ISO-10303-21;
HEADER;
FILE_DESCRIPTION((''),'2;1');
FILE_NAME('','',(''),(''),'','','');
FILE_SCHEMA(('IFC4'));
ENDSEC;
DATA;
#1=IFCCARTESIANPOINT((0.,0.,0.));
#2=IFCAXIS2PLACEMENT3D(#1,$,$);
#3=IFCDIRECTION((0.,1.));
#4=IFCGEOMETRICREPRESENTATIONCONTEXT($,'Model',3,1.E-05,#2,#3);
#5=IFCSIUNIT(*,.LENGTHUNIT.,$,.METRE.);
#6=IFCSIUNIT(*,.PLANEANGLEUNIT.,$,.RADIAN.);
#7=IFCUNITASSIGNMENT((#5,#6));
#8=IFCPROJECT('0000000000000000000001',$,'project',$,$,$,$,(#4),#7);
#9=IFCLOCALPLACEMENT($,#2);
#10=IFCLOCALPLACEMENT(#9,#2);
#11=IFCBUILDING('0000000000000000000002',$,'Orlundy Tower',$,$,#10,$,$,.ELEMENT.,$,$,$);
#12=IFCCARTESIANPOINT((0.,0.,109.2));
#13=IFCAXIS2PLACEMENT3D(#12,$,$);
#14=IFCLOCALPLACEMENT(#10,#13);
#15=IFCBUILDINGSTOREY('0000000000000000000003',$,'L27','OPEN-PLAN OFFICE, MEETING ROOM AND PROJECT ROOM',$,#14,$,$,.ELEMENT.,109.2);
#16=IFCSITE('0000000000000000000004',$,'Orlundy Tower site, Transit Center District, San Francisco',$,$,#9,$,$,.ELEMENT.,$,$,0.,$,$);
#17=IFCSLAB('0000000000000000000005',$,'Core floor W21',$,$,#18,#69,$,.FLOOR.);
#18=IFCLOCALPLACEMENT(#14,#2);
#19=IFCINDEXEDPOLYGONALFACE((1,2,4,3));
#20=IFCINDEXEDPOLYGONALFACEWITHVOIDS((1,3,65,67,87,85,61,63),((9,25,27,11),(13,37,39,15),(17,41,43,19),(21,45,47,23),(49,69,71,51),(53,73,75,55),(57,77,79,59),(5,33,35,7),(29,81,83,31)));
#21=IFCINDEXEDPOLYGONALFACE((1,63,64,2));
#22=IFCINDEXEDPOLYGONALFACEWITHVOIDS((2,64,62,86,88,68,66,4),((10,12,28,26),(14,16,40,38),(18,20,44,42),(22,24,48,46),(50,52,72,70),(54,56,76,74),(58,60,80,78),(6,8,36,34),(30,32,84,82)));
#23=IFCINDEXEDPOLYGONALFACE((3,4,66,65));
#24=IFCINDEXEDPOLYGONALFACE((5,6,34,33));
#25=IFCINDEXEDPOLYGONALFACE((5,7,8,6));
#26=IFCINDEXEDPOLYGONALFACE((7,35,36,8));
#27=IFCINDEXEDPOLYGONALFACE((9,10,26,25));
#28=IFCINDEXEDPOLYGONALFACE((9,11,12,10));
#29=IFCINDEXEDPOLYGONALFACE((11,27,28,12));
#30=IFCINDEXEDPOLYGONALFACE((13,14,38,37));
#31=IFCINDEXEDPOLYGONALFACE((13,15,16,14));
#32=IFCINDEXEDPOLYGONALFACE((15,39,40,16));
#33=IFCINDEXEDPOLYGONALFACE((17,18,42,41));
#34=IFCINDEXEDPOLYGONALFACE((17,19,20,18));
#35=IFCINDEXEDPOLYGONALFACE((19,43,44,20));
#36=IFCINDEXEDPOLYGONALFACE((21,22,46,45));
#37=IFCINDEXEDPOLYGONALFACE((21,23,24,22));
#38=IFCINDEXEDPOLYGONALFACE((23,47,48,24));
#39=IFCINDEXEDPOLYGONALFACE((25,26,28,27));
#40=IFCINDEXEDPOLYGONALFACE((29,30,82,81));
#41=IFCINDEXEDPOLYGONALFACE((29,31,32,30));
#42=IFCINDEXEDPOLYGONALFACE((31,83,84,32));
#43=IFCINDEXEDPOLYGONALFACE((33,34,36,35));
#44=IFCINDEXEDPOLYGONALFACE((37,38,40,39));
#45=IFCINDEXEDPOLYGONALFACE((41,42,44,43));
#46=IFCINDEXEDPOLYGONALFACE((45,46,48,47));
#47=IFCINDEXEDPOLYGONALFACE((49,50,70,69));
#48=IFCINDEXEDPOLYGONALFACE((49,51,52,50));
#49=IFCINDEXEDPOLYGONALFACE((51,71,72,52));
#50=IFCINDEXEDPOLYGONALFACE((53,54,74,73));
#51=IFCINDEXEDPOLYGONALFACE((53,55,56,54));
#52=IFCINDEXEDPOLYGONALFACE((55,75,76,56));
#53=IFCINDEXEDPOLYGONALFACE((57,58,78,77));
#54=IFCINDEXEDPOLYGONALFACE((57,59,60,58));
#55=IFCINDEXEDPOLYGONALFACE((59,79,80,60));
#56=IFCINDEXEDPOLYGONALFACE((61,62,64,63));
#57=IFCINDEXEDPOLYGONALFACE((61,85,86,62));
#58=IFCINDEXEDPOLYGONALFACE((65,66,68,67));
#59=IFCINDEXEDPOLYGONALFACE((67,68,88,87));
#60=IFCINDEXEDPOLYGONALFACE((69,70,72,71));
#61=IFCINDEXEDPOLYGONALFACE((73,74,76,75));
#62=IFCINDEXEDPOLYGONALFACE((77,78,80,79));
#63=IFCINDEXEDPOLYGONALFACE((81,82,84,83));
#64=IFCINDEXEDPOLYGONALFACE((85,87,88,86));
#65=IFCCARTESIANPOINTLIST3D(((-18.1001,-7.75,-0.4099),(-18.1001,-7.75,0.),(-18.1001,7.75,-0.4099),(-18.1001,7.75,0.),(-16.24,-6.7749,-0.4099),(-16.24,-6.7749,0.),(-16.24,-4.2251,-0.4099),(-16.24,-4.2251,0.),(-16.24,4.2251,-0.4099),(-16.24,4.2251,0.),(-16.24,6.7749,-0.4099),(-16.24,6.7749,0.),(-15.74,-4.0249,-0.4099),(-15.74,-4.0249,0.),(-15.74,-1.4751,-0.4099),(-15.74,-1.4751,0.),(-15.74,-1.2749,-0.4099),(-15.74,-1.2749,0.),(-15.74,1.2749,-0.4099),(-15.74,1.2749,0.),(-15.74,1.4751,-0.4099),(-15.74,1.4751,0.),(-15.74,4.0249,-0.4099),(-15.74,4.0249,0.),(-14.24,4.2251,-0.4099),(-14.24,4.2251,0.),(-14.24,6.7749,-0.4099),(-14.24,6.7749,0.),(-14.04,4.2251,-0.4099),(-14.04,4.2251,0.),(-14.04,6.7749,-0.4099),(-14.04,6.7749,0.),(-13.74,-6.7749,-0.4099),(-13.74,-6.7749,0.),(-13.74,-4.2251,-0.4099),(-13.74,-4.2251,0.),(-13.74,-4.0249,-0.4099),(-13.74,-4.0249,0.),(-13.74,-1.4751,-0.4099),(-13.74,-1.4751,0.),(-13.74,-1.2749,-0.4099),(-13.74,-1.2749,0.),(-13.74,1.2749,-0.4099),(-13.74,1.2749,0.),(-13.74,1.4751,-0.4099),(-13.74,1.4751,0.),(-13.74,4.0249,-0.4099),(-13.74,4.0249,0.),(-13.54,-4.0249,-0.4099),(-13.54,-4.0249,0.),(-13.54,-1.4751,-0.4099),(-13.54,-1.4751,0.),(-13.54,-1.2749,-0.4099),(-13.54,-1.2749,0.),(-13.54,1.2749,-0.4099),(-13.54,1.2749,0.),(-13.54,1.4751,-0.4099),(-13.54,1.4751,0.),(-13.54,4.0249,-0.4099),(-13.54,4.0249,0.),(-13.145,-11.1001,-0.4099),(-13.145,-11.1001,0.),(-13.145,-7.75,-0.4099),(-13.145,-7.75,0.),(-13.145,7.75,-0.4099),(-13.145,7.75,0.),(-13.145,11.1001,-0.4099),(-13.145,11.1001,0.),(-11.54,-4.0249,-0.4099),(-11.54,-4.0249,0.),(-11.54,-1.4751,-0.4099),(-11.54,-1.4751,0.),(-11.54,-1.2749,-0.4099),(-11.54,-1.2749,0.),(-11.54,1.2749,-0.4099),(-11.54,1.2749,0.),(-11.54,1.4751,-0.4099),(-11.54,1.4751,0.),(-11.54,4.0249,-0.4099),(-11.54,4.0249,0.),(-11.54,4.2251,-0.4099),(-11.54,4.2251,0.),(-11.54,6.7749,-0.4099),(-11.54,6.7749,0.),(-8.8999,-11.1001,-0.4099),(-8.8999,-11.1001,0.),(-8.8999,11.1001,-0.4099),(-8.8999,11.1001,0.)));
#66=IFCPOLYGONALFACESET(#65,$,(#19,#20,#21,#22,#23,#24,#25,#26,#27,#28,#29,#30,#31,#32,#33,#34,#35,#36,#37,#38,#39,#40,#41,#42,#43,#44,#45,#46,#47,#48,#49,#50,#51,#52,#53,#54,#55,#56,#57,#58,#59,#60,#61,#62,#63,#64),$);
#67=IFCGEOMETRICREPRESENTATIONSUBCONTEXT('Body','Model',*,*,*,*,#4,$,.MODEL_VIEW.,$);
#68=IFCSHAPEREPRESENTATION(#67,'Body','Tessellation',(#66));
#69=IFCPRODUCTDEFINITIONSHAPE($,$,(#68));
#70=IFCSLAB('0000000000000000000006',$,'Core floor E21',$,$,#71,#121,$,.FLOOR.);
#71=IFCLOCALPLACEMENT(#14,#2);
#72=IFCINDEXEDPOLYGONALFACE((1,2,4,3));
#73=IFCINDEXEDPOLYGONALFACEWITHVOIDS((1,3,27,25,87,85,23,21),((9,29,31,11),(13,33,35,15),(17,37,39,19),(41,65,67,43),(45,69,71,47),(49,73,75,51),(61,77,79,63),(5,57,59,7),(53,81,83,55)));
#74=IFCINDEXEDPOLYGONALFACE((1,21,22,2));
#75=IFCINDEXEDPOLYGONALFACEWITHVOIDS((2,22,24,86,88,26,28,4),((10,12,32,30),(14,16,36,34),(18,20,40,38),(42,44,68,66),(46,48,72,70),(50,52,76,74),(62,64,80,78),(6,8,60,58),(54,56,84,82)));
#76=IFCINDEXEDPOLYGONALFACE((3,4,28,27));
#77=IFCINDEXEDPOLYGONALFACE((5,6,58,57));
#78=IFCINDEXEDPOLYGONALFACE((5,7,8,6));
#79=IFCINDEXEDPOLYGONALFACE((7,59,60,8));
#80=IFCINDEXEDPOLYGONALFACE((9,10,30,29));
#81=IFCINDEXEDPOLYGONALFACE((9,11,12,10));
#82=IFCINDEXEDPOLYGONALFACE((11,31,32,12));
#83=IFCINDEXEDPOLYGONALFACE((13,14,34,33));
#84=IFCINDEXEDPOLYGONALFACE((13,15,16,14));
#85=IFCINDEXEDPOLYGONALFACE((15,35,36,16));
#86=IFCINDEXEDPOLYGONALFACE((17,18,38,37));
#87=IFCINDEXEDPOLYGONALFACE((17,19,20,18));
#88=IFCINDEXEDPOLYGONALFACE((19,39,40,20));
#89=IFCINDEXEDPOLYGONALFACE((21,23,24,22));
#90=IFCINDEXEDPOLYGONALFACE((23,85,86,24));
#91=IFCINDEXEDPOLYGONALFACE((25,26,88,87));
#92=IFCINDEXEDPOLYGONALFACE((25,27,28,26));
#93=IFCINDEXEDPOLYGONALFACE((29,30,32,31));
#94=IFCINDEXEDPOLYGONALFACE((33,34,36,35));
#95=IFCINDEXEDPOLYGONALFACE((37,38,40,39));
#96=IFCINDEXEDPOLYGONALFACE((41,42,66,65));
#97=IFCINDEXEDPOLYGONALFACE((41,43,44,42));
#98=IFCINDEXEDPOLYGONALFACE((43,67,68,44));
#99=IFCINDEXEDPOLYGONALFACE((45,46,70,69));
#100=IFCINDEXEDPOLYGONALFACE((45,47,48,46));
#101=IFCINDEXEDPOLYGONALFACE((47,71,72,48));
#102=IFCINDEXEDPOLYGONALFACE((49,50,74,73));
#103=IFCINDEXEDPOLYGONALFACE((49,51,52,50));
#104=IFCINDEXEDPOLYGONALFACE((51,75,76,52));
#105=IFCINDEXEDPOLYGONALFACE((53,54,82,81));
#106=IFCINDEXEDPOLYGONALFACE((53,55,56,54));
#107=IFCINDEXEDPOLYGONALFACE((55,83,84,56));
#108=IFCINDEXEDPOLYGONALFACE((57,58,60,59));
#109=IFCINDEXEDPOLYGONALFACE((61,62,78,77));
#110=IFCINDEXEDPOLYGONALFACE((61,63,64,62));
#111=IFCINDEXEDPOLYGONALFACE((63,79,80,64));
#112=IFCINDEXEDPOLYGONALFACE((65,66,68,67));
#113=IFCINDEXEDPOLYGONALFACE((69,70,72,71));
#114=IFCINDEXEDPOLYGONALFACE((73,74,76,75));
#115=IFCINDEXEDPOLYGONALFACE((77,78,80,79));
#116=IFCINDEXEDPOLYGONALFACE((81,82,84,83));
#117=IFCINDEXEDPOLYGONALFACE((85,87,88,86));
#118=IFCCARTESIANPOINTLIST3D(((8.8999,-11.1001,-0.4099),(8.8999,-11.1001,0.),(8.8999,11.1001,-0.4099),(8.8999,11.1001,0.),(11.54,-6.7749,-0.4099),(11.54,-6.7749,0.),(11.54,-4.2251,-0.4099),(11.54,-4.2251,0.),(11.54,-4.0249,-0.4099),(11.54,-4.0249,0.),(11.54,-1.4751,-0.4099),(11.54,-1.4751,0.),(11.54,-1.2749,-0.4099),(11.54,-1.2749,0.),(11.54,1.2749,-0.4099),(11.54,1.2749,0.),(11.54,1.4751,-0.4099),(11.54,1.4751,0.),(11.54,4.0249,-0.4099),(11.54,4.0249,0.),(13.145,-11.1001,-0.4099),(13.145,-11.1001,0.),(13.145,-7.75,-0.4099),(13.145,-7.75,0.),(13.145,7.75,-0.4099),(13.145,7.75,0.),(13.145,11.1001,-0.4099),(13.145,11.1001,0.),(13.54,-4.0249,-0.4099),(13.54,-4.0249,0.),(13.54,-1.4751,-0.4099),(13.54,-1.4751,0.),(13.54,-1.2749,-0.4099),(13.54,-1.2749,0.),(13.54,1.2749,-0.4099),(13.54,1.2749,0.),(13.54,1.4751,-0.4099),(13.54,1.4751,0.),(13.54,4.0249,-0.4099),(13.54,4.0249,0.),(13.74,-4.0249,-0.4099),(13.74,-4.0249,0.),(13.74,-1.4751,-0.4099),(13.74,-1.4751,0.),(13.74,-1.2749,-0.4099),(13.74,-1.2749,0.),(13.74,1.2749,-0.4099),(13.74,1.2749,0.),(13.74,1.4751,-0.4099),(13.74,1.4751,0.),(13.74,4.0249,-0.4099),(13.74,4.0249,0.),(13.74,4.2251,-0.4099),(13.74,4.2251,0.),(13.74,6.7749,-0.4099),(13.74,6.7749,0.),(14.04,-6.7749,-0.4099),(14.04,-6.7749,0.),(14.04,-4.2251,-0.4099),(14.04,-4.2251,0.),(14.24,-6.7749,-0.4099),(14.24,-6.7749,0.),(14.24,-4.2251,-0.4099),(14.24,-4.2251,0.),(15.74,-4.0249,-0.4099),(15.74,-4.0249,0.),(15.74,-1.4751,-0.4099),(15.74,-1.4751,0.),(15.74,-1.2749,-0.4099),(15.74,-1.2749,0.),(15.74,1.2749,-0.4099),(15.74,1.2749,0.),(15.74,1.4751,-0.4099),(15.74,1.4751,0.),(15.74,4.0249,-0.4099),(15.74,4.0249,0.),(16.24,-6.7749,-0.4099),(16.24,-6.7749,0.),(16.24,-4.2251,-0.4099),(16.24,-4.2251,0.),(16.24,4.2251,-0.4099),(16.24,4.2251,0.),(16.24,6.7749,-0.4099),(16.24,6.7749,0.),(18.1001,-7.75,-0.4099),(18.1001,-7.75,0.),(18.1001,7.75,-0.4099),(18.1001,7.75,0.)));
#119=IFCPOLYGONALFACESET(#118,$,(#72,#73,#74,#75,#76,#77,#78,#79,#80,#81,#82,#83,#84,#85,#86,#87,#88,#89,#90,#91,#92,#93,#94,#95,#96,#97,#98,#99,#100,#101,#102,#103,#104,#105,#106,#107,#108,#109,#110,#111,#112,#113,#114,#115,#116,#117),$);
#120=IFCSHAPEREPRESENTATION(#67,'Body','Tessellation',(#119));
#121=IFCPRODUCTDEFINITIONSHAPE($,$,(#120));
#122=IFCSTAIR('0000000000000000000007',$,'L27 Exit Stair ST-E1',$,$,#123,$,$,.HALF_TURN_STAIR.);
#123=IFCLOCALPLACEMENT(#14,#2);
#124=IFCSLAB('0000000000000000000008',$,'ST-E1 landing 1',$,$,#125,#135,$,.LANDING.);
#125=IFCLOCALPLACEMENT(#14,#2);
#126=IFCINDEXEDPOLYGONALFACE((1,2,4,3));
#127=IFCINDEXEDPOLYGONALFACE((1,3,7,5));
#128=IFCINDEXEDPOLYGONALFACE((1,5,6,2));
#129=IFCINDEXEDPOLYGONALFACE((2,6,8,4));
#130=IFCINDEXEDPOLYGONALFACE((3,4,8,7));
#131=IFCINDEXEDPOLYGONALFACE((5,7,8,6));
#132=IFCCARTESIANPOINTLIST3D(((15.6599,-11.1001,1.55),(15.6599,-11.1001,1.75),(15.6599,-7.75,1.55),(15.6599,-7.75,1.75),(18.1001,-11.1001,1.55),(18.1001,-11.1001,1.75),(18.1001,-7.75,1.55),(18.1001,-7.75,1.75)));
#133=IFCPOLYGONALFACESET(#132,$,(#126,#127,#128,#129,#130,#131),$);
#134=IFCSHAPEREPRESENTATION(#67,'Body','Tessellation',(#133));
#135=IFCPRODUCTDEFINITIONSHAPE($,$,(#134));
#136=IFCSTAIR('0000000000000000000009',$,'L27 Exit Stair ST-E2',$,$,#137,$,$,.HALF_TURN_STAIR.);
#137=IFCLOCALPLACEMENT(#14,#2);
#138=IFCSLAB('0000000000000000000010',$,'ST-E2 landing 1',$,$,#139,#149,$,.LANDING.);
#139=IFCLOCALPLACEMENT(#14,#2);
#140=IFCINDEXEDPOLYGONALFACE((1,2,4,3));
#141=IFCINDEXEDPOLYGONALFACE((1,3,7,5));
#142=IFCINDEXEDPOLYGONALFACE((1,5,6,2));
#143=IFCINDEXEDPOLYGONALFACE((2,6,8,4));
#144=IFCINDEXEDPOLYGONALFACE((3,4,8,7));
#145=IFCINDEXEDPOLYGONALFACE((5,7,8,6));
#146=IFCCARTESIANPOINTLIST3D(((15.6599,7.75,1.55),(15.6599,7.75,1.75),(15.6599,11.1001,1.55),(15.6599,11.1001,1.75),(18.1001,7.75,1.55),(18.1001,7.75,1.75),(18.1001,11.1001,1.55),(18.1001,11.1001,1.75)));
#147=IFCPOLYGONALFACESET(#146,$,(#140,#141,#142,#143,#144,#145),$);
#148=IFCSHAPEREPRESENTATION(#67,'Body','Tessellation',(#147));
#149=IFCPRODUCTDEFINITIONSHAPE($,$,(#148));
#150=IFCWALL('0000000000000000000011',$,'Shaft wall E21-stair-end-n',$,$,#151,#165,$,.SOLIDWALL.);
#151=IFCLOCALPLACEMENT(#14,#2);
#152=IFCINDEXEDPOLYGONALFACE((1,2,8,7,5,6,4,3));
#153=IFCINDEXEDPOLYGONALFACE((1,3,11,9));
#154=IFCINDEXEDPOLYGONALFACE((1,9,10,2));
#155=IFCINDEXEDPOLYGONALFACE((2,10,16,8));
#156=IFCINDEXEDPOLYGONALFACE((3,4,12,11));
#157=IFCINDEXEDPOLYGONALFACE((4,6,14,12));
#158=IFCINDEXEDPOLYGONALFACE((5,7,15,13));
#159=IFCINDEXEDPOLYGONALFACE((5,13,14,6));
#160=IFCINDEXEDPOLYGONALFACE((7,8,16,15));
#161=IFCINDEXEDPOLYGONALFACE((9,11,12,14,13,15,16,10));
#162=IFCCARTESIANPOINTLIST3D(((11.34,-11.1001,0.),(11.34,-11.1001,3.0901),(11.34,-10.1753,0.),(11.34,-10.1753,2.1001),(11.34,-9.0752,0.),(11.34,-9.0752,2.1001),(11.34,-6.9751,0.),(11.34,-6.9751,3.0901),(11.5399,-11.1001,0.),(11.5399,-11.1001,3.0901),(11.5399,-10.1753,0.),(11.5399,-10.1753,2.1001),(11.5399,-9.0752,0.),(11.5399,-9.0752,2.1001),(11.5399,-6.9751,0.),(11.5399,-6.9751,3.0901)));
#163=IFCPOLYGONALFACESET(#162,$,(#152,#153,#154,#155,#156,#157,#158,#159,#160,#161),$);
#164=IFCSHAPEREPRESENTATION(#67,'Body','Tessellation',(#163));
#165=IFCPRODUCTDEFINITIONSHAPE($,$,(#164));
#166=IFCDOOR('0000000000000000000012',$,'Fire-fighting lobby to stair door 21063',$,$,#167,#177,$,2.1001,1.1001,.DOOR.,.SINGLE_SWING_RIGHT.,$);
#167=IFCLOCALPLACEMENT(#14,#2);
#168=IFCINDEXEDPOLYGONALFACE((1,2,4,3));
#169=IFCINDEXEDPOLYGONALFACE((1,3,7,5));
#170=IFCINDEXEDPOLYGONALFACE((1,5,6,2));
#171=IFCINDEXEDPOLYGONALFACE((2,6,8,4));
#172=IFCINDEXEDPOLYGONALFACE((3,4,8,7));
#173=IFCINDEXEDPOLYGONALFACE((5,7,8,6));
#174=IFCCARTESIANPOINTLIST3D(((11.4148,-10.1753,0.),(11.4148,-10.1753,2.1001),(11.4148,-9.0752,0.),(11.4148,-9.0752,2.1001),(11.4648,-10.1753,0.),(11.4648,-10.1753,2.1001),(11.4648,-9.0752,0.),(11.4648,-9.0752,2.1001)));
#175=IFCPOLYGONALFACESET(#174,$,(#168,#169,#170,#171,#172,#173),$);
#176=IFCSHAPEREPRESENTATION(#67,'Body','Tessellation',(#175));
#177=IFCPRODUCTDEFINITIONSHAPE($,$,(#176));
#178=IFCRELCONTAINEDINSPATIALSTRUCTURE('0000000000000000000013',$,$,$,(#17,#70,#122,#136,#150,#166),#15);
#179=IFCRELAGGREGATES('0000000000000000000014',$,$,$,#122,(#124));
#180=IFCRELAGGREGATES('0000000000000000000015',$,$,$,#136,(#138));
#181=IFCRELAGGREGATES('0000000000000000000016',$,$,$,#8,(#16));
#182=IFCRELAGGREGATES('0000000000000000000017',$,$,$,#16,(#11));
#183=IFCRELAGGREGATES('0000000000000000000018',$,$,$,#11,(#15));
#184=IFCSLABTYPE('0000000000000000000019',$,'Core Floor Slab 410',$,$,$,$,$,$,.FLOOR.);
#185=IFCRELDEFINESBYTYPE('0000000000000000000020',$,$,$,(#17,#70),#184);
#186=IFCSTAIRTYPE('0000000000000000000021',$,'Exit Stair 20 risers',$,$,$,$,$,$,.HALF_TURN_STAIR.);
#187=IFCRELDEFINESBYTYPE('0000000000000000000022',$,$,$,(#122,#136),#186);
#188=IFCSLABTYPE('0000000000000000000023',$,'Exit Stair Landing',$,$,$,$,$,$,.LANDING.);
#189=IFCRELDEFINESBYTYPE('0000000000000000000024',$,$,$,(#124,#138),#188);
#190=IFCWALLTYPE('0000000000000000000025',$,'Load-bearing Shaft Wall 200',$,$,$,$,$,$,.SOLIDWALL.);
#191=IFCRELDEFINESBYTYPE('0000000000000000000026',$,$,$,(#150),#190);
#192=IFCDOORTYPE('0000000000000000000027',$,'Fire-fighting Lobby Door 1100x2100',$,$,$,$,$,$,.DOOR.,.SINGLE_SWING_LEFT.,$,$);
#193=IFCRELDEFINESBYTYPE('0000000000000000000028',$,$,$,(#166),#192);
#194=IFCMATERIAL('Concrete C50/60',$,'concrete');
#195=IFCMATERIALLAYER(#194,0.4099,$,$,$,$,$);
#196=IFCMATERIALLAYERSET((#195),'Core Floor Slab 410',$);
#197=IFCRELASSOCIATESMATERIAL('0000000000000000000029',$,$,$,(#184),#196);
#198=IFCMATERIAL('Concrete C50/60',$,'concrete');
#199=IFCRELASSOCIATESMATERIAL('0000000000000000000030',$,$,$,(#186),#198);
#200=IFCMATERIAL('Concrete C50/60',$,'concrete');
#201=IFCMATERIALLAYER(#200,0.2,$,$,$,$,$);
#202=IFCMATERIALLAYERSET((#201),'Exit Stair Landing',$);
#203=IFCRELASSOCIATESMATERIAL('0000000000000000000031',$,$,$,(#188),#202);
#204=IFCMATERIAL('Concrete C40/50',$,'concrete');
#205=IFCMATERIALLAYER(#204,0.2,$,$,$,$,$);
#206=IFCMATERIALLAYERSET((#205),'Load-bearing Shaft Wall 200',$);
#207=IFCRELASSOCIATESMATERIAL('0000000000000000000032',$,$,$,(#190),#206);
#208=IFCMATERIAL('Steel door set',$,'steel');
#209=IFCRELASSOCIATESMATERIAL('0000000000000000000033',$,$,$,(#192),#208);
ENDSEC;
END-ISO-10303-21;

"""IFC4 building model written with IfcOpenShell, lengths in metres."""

from ifc_helpers import new_model, si_unit, direction, frame, frame_2d, origin, place, context, subcontext, project, spatial, polyline, rectangle, outline, extrude, material, layer, layer_set, type_object, element, fill, aggregate, save


model = new_model("IFC4")

# Units and contexts
model_context = context("Model", 3, precision=1e-05, world=origin(), true_north=direction((0.0, 1.0)))
body_context = subcontext(model_context, "Body", "Model", "MODEL_VIEW")
ifc_project = project(units=[si_unit("LENGTHUNIT", "METRE"), si_unit("PLANEANGLEUNIT", "RADIAN")], contexts=[model_context])

# Site, building, storey
site_placement = place(None, origin())
site = spatial("IfcSite", under=ifc_project, at=site_placement, Name="Orlundy Tower site, Transit Center District, San Francisco", CompositionType="ELEMENT", RefElevation=0.0)
building_placement = place(site_placement, origin())
building = spatial("IfcBuilding", under=site, at=building_placement, Name="Orlundy Tower", CompositionType="ELEMENT")
storey_placement = place(building_placement, frame((0.0, 0.0, 109.2)))
storey = spatial("IfcBuildingStorey", under=building, at=storey_placement, Name="L27", Description="OPEN-PLAN OFFICE, MEETING ROOM AND PROJECT ROOM", CompositionType="ELEMENT", Elevation=109.2)

# Slabs
ifc_material_1 = material(Name="Concrete C50/60", Category="concrete")
ifc_layer_1 = layer(ifc_material_1, 0.4099)
ifc_layer_set_1 = layer_set([ifc_layer_1], Name="Core Floor Slab 410")
slab_type_1 = type_object("IfcSlabType", Name="Core Floor Slab 410", PredefinedType="FLOOR", material=ifc_layer_set_1)
slab_1_placement = place(storey_placement, frame((0.0, 0.0, -0.4099)))
element("IfcSlab", 1, at=slab_1_placement, inside=storey, type_object=slab_type_1, Name="Core floor W21", PredefinedType="FLOOR", context=body_context, shape_type="SweptSolid", body=[
    extrude(outline(polyline([(-13.145, 7.75), (-13.145, 11.1001), (-8.8999, 11.1001), (-8.8999, -11.1001), (-13.145, -11.1001), (-13.145, -7.75), (-18.1001, -7.75), (-18.1001, 7.75), (-13.145, 7.75)]), holes=[polyline([(-16.24, -6.7749), (-13.74, -6.7749), (-13.74, -4.2251), (-16.24, -4.2251), (-16.24, -6.7749)]), polyline([(-13.54, -1.4751), (-13.54, -4.0249), (-11.54, -4.0249), (-11.54, -1.4751), (-13.54, -1.4751)]), polyline([(-13.74, -1.4751), (-15.74, -1.4751), (-15.74, -4.0249), (-13.74, -4.0249), (-13.74, -1.4751)]), polyline([(-11.54, -1.2749), (-11.54, 1.2749), (-13.54, 1.2749), (-13.54, -1.2749), (-11.54, -1.2749)]), polyline([(-15.74, -1.2749), (-13.74, -1.2749), (-13.74, 1.2749), (-15.74, 1.2749), (-15.74, -1.2749)]), polyline([(-13.54, 4.0249), (-13.54, 1.4751), (-11.54, 1.4751), (-11.54, 4.0249), (-13.54, 4.0249)]), polyline([(-13.74, 4.0249), (-15.74, 4.0249), (-15.74, 1.4751), (-13.74, 1.4751), (-13.74, 4.0249)]), polyline([(-11.54, 4.2251), (-11.54, 6.7749), (-14.04, 6.7749), (-14.04, 4.2251), (-11.54, 4.2251)]), polyline([(-16.24, 4.2251), (-14.24, 4.2251), (-14.24, 6.7749), (-16.24, 6.7749), (-16.24, 4.2251)])]), origin(), (0.0, 0.0, 1.0), 0.4099),
])
slab_2_placement = place(storey_placement, frame((0.0, 0.0, -0.4099)))
element("IfcSlab", 2, at=slab_2_placement, inside=storey, type_object=slab_type_1, Name="Core floor E21", PredefinedType="FLOOR", context=body_context, shape_type="SweptSolid", body=[
    extrude(outline(polyline([(13.145, -7.75), (13.145, -11.1001), (8.8999, -11.1001), (8.8999, 11.1001), (13.145, 11.1001), (13.145, 7.75), (18.1001, 7.75), (18.1001, -7.75), (13.145, -7.75)]), holes=[polyline([(16.24, 6.7749), (13.74, 6.7749), (13.74, 4.2251), (16.24, 4.2251), (16.24, 6.7749)]), polyline([(13.54, 1.4751), (13.54, 4.0249), (11.54, 4.0249), (11.54, 1.4751), (13.54, 1.4751)]), polyline([(13.74, 1.4751), (15.74, 1.4751), (15.74, 4.0249), (13.74, 4.0249), (13.74, 1.4751)]), polyline([(11.54, 1.2749), (11.54, -1.2749), (13.54, -1.2749), (13.54, 1.2749), (11.54, 1.2749)]), polyline([(15.74, 1.2749), (13.74, 1.2749), (13.74, -1.2749), (15.74, -1.2749), (15.74, 1.2749)]), polyline([(13.54, -4.0249), (13.54, -1.4751), (11.54, -1.4751), (11.54, -4.0249), (13.54, -4.0249)]), polyline([(13.74, -4.0249), (15.74, -4.0249), (15.74, -1.4751), (13.74, -1.4751), (13.74, -4.0249)]), polyline([(11.54, -4.2251), (11.54, -6.7749), (14.04, -6.7749), (14.04, -4.2251), (11.54, -4.2251)]), polyline([(16.24, -4.2251), (14.24, -4.2251), (14.24, -6.7749), (16.24, -6.7749), (16.24, -4.2251)])]), origin(), (0.0, 0.0, 1.0), 0.4099),
])

# Stairs, slabs
ifc_material_2 = material(Name="Concrete C50/60", Category="concrete")
stair_type = type_object("IfcStairType", Name="Exit Stair 20 risers", PredefinedType="HALF_TURN_STAIR", material=ifc_material_2)
stair_1_placement = place(storey_placement, origin())
stair_1 = element("IfcStair", 3, at=stair_1_placement, inside=storey, type_object=stair_type, Name="L27 Exit Stair ST-E1", PredefinedType="HALF_TURN_STAIR")
ifc_material_3 = material(Name="Concrete C50/60", Category="concrete")
ifc_layer_2 = layer(ifc_material_3, 0.2)
ifc_layer_set_2 = layer_set([ifc_layer_2], Name="Exit Stair Landing")
slab_type_2 = type_object("IfcSlabType", Name="Exit Stair Landing", PredefinedType="LANDING", material=ifc_layer_set_2)
slab_3_placement = place(storey_placement, frame((0.0, 0.0, 1.55)))
slab_3 = element("IfcSlab", 4, at=slab_3_placement, type_object=slab_type_2, Name="ST-E1 landing 1", PredefinedType="LANDING", context=body_context, shape_type="SweptSolid", body=[
    extrude(outline(polyline([(15.6599, -11.1001), (18.1001, -11.1001), (18.1001, -7.75), (15.6599, -7.75), (15.6599, -11.1001)])), origin(), (0.0, 0.0, 1.0), 0.2),
])
aggregate(stair_1, [slab_3])
stair_2_placement = place(storey_placement, origin())
stair_2 = element("IfcStair", 5, at=stair_2_placement, inside=storey, type_object=stair_type, Name="L27 Exit Stair ST-E2", PredefinedType="HALF_TURN_STAIR")
slab_4_placement = place(storey_placement, frame((0.0, 0.0, 1.55)))
slab_4 = element("IfcSlab", 6, at=slab_4_placement, type_object=slab_type_2, Name="ST-E2 landing 1", PredefinedType="LANDING", context=body_context, shape_type="SweptSolid", body=[
    extrude(outline(polyline([(15.6599, 7.75), (18.1001, 7.75), (18.1001, 11.1001), (15.6599, 11.1001), (15.6599, 7.75)])), origin(), (0.0, 0.0, 1.0), 0.2),
])
aggregate(stair_2, [slab_4])

# Wall, opening, door
ifc_material_4 = material(Name="Concrete C40/50", Category="concrete")
ifc_layer_3 = layer(ifc_material_4, 0.2)
ifc_layer_set_3 = layer_set([ifc_layer_3], Name="Load-bearing Shaft Wall 200")
wall_type_1 = type_object("IfcWallType", Name="Load-bearing Shaft Wall 200", PredefinedType="SOLIDWALL", material=ifc_layer_set_3)
wall_1_placement = place(storey_placement, frame((11.4399, -6.9751, 0.0), z_axis=(0.0, 0.0, 1.0), x_axis=(0.0, -1.0, 0.0)))
wall_1 = element("IfcWall", 7, at=wall_1_placement, inside=storey, type_object=wall_type_1, Name="Shaft wall E21-stair-end-n", PredefinedType="SOLIDWALL", context=body_context, shape_type="SweptSolid", body=[
    extrude(rectangle(XDim=4.125, YDim=0.2, at=frame_2d((2.0625, 0.0))), origin(), (0.0, 0.0, 1.0), 3.0901),
])
opening_1_placement = place(wall_1_placement, frame((2.1001, 0.0, 0.0)))
opening_1 = element("IfcOpeningElement", 8, at=opening_1_placement, cuts=wall_1, PredefinedType="OPENING", context=body_context, shape_type="SweptSolid", body=[
    extrude(rectangle(XDim=1.1001, YDim=2.1001, at=frame_2d((0.55, 1.05))), frame((0.0, 0.1101, 0.0), z_axis=(0.0, -1.0, 0.0), x_axis=(1.0, 0.0, 0.0)), (0.0, 0.0, 1.0), 0.2202),
])
ifc_material_5 = material(Name="Steel door set", Category="steel")
door_type_1 = type_object("IfcDoorType", Name="Fire-fighting Lobby Door 1100x2100", OperationType="SINGLE_SWING_LEFT", PredefinedType="DOOR", material=ifc_material_5)
door_1_placement = place(opening_1_placement, origin())
door_1 = element("IfcDoor", 9, at=door_1_placement, inside=storey, type_object=door_type_1, Name="Fire-fighting lobby to stair door 21063", OperationType="SINGLE_SWING_RIGHT", OverallHeight=2.1001, OverallWidth=1.1001, PredefinedType="DOOR", context=body_context, shape_type="SweptSolid", body=[
    extrude(rectangle(XDim=1.1001, YDim=2.1001, at=frame_2d((0.55, 1.05))), frame((0.0, 0.0249, 0.0), z_axis=(0.0, -1.0, 0.0), x_axis=(1.0, 0.0, 0.0)), (0.0, 0.0, 1.0), 0.05),
])
fill(opening_1, door_1)

save(model, "model.ifc")
